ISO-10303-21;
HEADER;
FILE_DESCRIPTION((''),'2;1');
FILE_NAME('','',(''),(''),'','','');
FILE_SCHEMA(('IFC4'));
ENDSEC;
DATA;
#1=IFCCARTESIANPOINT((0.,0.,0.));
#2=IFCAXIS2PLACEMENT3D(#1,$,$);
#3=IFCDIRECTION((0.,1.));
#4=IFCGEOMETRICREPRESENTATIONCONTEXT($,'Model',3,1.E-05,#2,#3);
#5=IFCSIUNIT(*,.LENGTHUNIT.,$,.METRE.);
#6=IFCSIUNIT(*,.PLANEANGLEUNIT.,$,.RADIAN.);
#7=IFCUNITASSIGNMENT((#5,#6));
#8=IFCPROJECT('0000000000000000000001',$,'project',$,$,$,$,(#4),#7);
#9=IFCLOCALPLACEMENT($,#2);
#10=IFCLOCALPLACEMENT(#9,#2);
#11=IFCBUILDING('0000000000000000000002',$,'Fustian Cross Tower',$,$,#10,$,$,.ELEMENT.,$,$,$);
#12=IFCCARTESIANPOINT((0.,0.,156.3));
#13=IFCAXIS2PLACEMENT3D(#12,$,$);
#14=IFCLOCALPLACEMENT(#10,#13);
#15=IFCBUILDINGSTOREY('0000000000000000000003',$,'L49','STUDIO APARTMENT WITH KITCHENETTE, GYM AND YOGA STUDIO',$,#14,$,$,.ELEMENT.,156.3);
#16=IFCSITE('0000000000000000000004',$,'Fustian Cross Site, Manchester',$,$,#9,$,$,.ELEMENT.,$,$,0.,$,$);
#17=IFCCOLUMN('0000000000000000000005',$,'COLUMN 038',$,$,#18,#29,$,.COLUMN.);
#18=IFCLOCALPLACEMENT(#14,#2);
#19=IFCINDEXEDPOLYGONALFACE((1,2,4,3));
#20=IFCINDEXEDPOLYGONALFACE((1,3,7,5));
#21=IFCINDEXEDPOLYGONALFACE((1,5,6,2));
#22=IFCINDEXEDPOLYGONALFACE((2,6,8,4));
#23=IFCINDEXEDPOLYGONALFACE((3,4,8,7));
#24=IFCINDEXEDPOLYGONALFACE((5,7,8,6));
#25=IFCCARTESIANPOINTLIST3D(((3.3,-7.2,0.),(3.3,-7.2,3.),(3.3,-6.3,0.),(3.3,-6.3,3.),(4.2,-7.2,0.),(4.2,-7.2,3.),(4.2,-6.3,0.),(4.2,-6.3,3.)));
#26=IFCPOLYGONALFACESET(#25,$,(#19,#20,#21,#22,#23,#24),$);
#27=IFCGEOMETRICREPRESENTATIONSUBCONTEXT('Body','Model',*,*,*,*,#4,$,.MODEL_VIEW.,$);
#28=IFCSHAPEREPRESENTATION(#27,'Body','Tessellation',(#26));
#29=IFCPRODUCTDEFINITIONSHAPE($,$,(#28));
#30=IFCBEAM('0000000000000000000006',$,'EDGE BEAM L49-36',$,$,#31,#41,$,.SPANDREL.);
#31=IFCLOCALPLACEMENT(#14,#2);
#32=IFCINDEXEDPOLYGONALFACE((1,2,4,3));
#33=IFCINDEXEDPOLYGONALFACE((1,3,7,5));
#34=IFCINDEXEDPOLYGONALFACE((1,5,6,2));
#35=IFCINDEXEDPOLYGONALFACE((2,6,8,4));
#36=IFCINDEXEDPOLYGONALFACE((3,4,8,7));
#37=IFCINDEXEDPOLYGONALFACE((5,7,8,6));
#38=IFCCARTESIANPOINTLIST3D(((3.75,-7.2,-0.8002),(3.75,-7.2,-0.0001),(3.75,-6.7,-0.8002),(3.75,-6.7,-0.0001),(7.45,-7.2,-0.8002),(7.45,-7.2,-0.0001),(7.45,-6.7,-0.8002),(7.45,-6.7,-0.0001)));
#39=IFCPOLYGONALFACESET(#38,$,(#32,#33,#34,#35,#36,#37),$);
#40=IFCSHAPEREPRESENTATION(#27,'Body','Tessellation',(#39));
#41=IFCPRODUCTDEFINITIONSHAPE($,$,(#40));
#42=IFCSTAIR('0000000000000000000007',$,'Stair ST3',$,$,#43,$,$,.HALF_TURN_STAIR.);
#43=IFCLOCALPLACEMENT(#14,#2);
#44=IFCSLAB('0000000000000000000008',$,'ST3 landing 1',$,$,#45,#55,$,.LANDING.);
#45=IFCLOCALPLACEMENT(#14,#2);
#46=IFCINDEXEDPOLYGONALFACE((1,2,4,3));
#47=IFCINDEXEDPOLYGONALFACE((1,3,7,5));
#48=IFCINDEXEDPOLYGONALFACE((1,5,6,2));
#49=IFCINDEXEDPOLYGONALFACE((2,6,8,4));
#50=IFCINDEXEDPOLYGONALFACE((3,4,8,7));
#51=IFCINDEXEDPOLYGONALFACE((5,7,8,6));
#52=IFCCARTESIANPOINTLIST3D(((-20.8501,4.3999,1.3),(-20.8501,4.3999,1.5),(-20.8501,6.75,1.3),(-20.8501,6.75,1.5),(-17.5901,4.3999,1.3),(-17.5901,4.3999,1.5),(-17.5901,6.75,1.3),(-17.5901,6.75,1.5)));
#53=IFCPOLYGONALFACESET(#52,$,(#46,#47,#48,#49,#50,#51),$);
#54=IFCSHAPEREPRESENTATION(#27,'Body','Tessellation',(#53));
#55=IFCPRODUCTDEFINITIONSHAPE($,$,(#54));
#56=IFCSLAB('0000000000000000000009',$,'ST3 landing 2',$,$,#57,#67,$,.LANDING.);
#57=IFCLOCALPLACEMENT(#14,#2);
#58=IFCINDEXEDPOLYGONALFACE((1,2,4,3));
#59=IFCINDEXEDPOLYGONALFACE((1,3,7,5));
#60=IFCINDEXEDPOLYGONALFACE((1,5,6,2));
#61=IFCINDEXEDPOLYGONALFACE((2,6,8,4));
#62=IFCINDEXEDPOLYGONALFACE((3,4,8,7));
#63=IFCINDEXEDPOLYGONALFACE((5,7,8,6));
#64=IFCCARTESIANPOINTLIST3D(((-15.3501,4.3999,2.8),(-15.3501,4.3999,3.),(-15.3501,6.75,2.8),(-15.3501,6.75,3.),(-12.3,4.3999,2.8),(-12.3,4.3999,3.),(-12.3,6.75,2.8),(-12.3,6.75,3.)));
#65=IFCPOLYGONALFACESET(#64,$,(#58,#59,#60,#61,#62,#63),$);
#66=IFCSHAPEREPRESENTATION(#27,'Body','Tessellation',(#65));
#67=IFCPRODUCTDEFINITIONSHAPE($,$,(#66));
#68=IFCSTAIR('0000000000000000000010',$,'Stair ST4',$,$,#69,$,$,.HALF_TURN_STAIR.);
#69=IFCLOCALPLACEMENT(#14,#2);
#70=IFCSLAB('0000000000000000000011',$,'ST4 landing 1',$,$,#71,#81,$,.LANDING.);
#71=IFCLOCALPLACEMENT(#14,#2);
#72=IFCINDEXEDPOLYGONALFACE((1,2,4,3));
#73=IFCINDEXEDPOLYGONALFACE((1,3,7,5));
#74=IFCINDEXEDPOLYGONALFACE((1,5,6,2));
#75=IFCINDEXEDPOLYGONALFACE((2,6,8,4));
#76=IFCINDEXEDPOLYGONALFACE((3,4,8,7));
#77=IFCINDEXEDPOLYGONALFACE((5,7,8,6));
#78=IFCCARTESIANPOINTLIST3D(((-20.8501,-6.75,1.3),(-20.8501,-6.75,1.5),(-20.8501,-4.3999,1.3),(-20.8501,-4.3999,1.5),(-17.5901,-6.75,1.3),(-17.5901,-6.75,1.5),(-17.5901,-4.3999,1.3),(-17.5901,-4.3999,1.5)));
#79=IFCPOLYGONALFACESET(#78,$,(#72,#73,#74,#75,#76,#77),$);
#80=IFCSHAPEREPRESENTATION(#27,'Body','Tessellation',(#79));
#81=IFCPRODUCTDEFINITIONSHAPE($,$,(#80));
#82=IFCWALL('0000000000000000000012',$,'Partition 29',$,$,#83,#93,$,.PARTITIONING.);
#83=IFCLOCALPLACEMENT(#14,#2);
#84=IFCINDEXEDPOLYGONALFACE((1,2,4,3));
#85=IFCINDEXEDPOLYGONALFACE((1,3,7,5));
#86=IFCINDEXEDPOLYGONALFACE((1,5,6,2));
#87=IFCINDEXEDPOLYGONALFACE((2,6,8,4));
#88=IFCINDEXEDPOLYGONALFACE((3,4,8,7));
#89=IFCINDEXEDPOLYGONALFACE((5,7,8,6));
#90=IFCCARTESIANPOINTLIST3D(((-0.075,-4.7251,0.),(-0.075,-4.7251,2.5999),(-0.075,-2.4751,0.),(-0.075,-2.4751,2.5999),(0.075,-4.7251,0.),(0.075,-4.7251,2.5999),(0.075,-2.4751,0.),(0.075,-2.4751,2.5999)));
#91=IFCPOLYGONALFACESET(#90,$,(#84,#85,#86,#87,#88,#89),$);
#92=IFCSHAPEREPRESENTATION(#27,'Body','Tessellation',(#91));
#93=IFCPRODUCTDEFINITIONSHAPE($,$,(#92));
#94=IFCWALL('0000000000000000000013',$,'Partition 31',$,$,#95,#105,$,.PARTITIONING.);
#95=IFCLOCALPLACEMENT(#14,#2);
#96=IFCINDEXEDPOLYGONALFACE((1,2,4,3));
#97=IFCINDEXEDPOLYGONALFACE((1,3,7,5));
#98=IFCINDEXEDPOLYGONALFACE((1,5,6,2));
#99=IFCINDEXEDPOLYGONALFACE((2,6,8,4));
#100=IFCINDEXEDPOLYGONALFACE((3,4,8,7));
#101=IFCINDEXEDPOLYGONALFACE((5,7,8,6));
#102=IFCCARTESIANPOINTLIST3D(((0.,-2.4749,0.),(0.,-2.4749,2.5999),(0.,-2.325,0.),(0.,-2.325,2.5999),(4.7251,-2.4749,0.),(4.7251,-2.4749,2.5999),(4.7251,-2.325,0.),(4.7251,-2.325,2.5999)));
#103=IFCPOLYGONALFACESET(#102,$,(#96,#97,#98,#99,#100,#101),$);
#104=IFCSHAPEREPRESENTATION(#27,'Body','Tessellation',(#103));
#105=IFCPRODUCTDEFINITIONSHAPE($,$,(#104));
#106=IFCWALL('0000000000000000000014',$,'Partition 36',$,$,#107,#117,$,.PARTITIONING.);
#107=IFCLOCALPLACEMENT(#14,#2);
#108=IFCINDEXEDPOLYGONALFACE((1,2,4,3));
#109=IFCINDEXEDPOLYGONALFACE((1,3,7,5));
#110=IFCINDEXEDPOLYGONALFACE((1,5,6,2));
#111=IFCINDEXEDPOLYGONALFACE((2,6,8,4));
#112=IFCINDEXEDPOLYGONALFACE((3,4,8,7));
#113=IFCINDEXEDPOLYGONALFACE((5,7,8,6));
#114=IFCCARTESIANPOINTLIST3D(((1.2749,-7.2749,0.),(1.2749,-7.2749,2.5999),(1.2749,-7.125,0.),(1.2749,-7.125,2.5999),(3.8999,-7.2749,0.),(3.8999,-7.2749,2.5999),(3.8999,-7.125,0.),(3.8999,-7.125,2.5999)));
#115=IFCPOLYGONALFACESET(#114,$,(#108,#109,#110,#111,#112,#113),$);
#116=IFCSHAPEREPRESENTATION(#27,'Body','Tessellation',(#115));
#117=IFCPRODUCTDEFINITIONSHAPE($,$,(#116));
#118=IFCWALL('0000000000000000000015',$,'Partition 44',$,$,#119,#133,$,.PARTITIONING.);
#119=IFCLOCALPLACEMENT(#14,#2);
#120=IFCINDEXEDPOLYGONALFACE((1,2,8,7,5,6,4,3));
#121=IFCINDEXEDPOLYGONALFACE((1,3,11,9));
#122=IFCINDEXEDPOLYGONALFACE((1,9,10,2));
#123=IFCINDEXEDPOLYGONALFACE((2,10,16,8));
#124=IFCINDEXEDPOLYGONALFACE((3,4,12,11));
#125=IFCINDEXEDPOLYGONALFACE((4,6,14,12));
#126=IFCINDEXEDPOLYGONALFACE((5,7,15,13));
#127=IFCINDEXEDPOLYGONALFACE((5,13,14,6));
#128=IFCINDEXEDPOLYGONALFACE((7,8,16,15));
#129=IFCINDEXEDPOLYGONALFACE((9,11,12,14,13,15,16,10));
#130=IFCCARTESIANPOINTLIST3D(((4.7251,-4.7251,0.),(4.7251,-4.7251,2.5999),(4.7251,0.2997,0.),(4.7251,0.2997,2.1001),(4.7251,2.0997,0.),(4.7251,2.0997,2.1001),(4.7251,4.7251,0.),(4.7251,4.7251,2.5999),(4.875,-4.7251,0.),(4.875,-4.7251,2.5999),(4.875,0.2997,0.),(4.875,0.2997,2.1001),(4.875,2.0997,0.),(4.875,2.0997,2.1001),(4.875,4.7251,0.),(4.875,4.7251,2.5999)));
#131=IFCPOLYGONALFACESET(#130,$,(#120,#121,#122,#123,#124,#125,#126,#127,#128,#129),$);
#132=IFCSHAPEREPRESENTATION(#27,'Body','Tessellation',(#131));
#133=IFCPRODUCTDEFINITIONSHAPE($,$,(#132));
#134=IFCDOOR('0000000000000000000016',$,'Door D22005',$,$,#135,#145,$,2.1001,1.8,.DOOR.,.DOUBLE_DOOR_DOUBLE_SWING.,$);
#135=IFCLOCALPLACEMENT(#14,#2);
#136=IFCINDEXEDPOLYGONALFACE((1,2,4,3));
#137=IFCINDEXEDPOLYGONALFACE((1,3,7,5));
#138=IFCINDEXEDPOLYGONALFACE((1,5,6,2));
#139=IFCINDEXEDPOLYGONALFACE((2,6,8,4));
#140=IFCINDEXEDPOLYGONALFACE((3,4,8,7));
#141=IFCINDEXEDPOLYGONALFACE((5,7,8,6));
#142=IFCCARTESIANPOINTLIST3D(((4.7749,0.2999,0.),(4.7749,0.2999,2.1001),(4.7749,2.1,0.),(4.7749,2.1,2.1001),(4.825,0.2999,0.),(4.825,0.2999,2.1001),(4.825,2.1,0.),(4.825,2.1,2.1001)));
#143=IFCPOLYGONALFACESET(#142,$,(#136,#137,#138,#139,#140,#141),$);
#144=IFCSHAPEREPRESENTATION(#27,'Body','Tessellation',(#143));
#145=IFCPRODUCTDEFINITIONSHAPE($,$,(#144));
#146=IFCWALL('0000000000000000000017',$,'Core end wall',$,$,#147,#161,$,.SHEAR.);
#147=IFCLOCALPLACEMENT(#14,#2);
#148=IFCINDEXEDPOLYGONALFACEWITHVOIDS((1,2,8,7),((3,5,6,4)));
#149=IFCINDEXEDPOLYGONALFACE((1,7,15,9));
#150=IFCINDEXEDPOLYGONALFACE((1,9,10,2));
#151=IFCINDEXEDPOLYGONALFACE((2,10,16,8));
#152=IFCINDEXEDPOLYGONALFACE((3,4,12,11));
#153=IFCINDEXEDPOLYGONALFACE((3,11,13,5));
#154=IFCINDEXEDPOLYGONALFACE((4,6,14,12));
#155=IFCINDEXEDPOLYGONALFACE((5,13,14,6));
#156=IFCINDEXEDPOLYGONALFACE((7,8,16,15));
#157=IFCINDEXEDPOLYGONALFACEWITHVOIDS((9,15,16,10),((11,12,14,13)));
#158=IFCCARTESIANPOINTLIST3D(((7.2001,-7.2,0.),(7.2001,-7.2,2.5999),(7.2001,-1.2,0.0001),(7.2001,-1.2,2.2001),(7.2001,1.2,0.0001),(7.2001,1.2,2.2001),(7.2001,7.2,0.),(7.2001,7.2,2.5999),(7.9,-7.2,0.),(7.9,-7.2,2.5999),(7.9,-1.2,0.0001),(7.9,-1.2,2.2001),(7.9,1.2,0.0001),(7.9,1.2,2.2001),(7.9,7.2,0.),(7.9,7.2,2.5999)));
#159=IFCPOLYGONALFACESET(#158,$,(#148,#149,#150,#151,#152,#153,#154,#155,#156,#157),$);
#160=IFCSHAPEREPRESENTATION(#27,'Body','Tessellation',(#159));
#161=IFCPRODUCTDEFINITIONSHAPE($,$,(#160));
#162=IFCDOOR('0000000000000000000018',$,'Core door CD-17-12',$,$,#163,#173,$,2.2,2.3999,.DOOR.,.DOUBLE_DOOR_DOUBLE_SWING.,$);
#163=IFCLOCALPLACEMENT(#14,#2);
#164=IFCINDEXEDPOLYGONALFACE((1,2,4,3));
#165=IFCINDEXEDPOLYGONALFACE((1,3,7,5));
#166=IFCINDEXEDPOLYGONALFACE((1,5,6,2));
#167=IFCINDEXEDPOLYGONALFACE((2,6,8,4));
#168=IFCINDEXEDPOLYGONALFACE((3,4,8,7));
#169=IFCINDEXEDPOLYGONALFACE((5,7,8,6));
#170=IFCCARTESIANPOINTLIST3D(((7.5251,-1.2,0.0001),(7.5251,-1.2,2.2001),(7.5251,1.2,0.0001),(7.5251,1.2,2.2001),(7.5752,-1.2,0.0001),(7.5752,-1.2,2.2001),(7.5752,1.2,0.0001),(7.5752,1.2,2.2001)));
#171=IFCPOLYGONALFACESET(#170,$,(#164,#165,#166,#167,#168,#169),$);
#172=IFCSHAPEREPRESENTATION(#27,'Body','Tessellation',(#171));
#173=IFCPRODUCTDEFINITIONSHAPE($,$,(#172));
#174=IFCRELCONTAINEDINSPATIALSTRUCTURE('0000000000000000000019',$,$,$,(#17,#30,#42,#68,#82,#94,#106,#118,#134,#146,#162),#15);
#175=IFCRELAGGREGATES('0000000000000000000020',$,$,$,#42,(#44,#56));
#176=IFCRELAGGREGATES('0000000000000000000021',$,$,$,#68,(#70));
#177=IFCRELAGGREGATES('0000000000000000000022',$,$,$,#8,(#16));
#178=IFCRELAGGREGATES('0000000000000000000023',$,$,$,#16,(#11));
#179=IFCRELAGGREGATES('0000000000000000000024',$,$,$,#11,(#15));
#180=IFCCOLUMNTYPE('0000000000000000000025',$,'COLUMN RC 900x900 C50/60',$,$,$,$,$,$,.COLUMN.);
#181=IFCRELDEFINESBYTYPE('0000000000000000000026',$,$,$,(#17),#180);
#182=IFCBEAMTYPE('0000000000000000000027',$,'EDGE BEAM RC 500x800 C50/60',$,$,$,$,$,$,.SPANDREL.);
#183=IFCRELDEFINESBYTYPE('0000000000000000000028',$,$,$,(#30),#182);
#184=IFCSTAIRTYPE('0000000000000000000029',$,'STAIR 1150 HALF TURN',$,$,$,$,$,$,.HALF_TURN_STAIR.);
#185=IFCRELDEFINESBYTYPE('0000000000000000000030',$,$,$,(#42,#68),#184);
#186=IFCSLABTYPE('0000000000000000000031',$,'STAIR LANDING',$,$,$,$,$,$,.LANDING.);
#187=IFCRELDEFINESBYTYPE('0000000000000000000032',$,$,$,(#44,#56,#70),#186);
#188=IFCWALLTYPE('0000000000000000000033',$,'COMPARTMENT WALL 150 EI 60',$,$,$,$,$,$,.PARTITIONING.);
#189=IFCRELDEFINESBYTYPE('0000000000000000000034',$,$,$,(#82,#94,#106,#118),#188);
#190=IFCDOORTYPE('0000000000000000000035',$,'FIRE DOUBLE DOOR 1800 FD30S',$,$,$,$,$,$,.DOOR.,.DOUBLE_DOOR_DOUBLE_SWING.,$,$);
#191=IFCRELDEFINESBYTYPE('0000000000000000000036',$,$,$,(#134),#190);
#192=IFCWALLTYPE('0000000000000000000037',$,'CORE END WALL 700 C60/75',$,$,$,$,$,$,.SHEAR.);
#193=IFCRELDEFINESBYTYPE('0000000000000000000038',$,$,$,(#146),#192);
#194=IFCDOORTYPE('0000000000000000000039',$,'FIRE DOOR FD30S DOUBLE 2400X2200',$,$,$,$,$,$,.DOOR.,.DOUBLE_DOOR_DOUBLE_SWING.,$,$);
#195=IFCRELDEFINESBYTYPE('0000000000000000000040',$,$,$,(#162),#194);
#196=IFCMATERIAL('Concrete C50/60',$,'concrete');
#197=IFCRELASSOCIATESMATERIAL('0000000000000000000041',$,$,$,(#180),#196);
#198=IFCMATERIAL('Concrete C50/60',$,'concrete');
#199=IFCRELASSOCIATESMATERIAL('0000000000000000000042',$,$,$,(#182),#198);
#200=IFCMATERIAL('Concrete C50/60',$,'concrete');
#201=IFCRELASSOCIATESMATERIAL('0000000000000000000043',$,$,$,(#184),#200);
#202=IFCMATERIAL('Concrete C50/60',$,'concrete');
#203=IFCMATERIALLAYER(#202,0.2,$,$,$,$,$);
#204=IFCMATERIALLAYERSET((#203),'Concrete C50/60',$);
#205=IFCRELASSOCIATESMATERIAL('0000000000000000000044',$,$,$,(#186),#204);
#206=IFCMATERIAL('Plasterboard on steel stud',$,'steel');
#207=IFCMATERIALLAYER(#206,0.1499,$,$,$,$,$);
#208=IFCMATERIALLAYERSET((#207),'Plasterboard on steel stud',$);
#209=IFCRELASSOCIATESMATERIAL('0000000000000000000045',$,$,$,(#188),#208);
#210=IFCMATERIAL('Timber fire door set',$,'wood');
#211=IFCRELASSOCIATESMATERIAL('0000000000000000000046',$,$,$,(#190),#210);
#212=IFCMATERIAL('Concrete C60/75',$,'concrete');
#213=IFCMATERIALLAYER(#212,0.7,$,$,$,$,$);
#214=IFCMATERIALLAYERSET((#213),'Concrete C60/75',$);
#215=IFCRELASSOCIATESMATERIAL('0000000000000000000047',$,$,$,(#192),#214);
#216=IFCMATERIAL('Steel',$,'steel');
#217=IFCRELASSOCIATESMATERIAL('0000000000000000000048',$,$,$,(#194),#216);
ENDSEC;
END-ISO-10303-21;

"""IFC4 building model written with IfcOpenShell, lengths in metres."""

from ifc_helpers import new_model, si_unit, direction, frame, frame_2d, origin, origin_2d, place, context, subcontext, project, spatial, polyline, rectangle, outline, extrude, material, layer, layer_set, material_profile, profile_set, type_object, element, fill, aggregate, save


model = new_model("IFC4")

# Units and contexts
model_context = context("Model", 3, precision=1e-05, world=origin(), true_north=direction((0.0, 1.0)))
body_context = subcontext(model_context, "Body", "Model", "MODEL_VIEW")
ifc_project = project(units=[si_unit("LENGTHUNIT", "METRE"), si_unit("PLANEANGLEUNIT", "RADIAN")], contexts=[model_context])

# Site, building, storey
site_placement = place(None, origin())
site = spatial("IfcSite", under=ifc_project, at=site_placement, Name="Fustian Cross Site, Manchester", CompositionType="ELEMENT", RefElevation=0.0)
building_placement = place(site_placement, origin())
building = spatial("IfcBuilding", under=site, at=building_placement, Name="Fustian Cross Tower", CompositionType="ELEMENT")
storey_placement = place(building_placement, frame((0.0, 0.0, 156.3)))
storey = spatial("IfcBuildingStorey", under=building, at=storey_placement, Name="L49", Description="STUDIO APARTMENT WITH KITCHENETTE, GYM AND YOGA STUDIO", CompositionType="ELEMENT", Elevation=156.3)

# Column
ifc_material_1 = material(Name="Concrete C50/60", Category="concrete")
ifc_material_profile_1 = material_profile(ifc_material_1, rectangle(XDim=0.8999, YDim=0.8999, at=origin_2d()), Name="RC 900x900")
ifc_profile_set_1 = profile_set([ifc_material_profile_1], Name="Concrete C50/60")
column_type = type_object("IfcColumnType", Name="COLUMN RC 900x900 C50/60", PredefinedType="COLUMN", material=ifc_profile_set_1)
column_placement = place(storey_placement, frame((3.75, -6.75, 0.0), z_axis=(0.0, 0.0, 1.0), x_axis=(1.0, 0.0, 0.0)))
element("IfcColumn", 1, at=column_placement, inside=storey, type_object=column_type, Name="COLUMN 038", PredefinedType="COLUMN", context=body_context, shape_type="SweptSolid", body=[
    extrude(rectangle(XDim=0.8999, YDim=0.8999, at=origin_2d()), origin(), (0.0, 0.0, 1.0), 3.0),
])

# Beam
ifc_material_2 = material(Name="Concrete C50/60", Category="concrete")
ifc_material_profile_2 = material_profile(ifc_material_2, rectangle(XDim=0.5, YDim=0.8, at=origin_2d()), Name="RC 500x800")
ifc_profile_set_2 = profile_set([ifc_material_profile_2], Name="Concrete C50/60")
beam_type = type_object("IfcBeamType", Name="EDGE BEAM RC 500x800 C50/60", PredefinedType="SPANDREL", material=ifc_profile_set_2)
beam_placement = place(storey_placement, frame((3.75, -6.95, -0.4001), z_axis=(1.0, 0.0, 0.0), x_axis=(0.0, 1.0, 0.0)))
element("IfcBeam", 2, at=beam_placement, inside=storey, type_object=beam_type, Name="EDGE BEAM L49-36", PredefinedType="SPANDREL", context=body_context, shape_type="SweptSolid", body=[
    extrude(rectangle(XDim=0.5, YDim=0.8, at=origin_2d()), origin(), (0.0, 0.0, 1.0), 3.7),
])

# Stair, slabs
ifc_material_3 = material(Name="Concrete C50/60", Category="concrete")
stair_type = type_object("IfcStairType", Name="STAIR 1150 HALF TURN", PredefinedType="HALF_TURN_STAIR", material=ifc_material_3)
stair_1_placement = place(storey_placement, origin())
stair_1 = element("IfcStair", 3, at=stair_1_placement, inside=storey, type_object=stair_type, Name="Stair ST3", PredefinedType="HALF_TURN_STAIR")
ifc_material_4 = material(Name="Concrete C50/60", Category="concrete")
ifc_layer_1 = layer(ifc_material_4, 0.2)
ifc_layer_set_1 = layer_set([ifc_layer_1], Name="Concrete C50/60")
slab_type = type_object("IfcSlabType", Name="STAIR LANDING", PredefinedType="LANDING", material=ifc_layer_set_1)
slab_1_placement = place(storey_placement, frame((0.0, 0.0, 1.3)))
slab_1 = element("IfcSlab", 4, at=slab_1_placement, type_object=slab_type, Name="ST3 landing 1", PredefinedType="LANDING", context=body_context, shape_type="SweptSolid", body=[
    extrude(outline(polyline([(-17.5901, 4.3999), (-20.8501, 4.3999), (-20.8501, 6.75), (-17.5901, 6.75), (-17.5901, 4.3999)])), origin(), (0.0, 0.0, 1.0), 0.2),
])
slab_2_placement = place(storey_placement, frame((0.0, 0.0, 2.8)))
slab_2 = element("IfcSlab", 5, at=slab_2_placement, type_object=slab_type, Name="ST3 landing 2", PredefinedType="LANDING", context=body_context, shape_type="SweptSolid", body=[
    extrude(outline(polyline([(-12.3, 4.3999), (-15.3501, 4.3999), (-15.3501, 6.75), (-12.3, 6.75), (-12.3, 4.3999)])), origin(), (0.0, 0.0, 1.0), 0.2),
])
aggregate(stair_1, [slab_1, slab_2])

# Stair, slab
stair_2_placement = place(storey_placement, origin())
stair_2 = element("IfcStair", 6, at=stair_2_placement, inside=storey, type_object=stair_type, Name="Stair ST4", PredefinedType="HALF_TURN_STAIR")
slab_3_placement = place(storey_placement, frame((0.0, 0.0, 1.3)))
slab_3 = element("IfcSlab", 7, at=slab_3_placement, type_object=slab_type, Name="ST4 landing 1", PredefinedType="LANDING", context=body_context, shape_type="SweptSolid", body=[
    extrude(outline(polyline([(-17.5901, -4.3999), (-20.8501, -4.3999), (-20.8501, -6.75), (-17.5901, -6.75), (-17.5901, -4.3999)])), origin(), (0.0, 0.0, 1.0), 0.2),
])
aggregate(stair_2, [slab_3])

# Walls
ifc_material_5 = material(Name="Plasterboard on steel stud", Category="steel")
ifc_layer_2 = layer(ifc_material_5, 0.1499)
ifc_layer_set_2 = layer_set([ifc_layer_2], Name="Plasterboard on steel stud")
wall_type_1 = type_object("IfcWallType", Name="COMPARTMENT WALL 150 EI 60", PredefinedType="PARTITIONING", material=ifc_layer_set_2)
wall_1_placement = place(storey_placement, frame((0.0, -4.7251, 0.0), z_axis=(0.0, 0.0, 1.0), x_axis=(0.0, 1.0, 0.0)))
element("IfcWall", 8, at=wall_1_placement, inside=storey, type_object=wall_type_1, Name="Partition 29", PredefinedType="PARTITIONING", context=body_context, shape_type="SweptSolid", body=[
    extrude(rectangle(XDim=2.25, YDim=0.1499, at=frame_2d((1.125, 0.0))), origin(), (0.0, 0.0, 1.0), 2.5999),
])
wall_2_placement = place(storey_placement, frame((0.0, -2.3999, 0.0), z_axis=(0.0, 0.0, 1.0), x_axis=(1.0, 0.0, 0.0)))
element("IfcWall", 9, at=wall_2_placement, inside=storey, type_object=wall_type_1, Name="Partition 31", PredefinedType="PARTITIONING", context=body_context, shape_type="SweptSolid", body=[
    extrude(rectangle(XDim=4.7251, YDim=0.1499, at=frame_2d((2.3625, 0.0))), origin(), (0.0, 0.0, 1.0), 2.5999),
])
wall_3_placement = place(storey_placement, frame((1.2749, -7.2, 0.0), z_axis=(0.0, 0.0, 1.0), x_axis=(1.0, 0.0, 0.0)))
element("IfcWall", 10, at=wall_3_placement, inside=storey, type_object=wall_type_1, Name="Partition 36", PredefinedType="PARTITIONING", context=body_context, shape_type="SweptSolid", body=[
    extrude(rectangle(XDim=2.625, YDim=0.1499, at=frame_2d((1.3125, 0.0))), origin(), (0.0, 0.0, 1.0), 2.5999),
])

# Walls, openings, doors
wall_4_placement = place(storey_placement, frame((4.8, -4.7251, 0.0), z_axis=(0.0, 0.0, 1.0), x_axis=(0.0, 1.0, 0.0)))
wall_4 = element("IfcWall", 11, at=wall_4_placement, inside=storey, type_object=wall_type_1, Name="Partition 44", PredefinedType="PARTITIONING", context=body_context, shape_type="SweptSolid", body=[
    extrude(rectangle(XDim=9.4502, YDim=0.1499, at=frame_2d((4.7251, 0.0))), origin(), (0.0, 0.0, 1.0), 2.5999),
])
opening_1_placement = place(wall_4_placement, frame((5.0249, 0.0, 0.0)))
opening_1 = element("IfcOpeningElement", 12, at=opening_1_placement, cuts=wall_4, PredefinedType="OPENING", context=body_context, shape_type="SweptSolid", body=[
    extrude(rectangle(XDim=1.8, YDim=2.1001, at=frame_2d((0.8999, 1.05))), frame((0.0, 0.085, 0.0), z_axis=(0.0, -1.0, 0.0), x_axis=(1.0, 0.0, 0.0)), (0.0, 0.0, 1.0), 0.1699),
])
ifc_material_6 = material(Name="Timber fire door set", Category="wood")
door_type_1 = type_object("IfcDoorType", Name="FIRE DOUBLE DOOR 1800 FD30S", OperationType="DOUBLE_DOOR_DOUBLE_SWING", PredefinedType="DOOR", material=ifc_material_6)
door_1_placement = place(opening_1_placement, frame((1.8, 0.0, 0.0), z_axis=(0.0, 0.0, 1.0), x_axis=(-1.0, 0.0, 0.0)))
door_1 = element("IfcDoor", 13, at=door_1_placement, inside=storey, type_object=door_type_1, Name="Door D22005", OperationType="DOUBLE_DOOR_DOUBLE_SWING", OverallHeight=2.1001, OverallWidth=1.8, PredefinedType="DOOR", context=body_context, shape_type="SweptSolid", body=[
    extrude(rectangle(XDim=1.8, YDim=2.1001, at=frame_2d((0.8999, 1.05))), frame((0.0, 0.0249, 0.0), z_axis=(0.0, -1.0, 0.0), x_axis=(1.0, 0.0, 0.0)), (0.0, 0.0, 1.0), 0.05),
])
fill(opening_1, door_1)
ifc_material_7 = material(Name="Concrete C60/75", Category="concrete")
ifc_layer_3 = layer(ifc_material_7, 0.7)
ifc_layer_set_3 = layer_set([ifc_layer_3], Name="Concrete C60/75")
wall_type_2 = type_object("IfcWallType", Name="CORE END WALL 700 C60/75", PredefinedType="SHEAR", material=ifc_layer_set_3)
wall_5_placement = place(storey_placement, frame((7.55, -7.2, 0.0), z_axis=(0.0, 0.0, 1.0), x_axis=(0.0, 1.0, 0.0)))
wall_5 = element("IfcWall", 14, at=wall_5_placement, inside=storey, type_object=wall_type_2, Name="Core end wall", PredefinedType="SHEAR", context=body_context, shape_type="SweptSolid", body=[
    extrude(rectangle(XDim=14.3999, YDim=0.7, at=frame_2d((7.2, 0.0))), origin(), (0.0, 0.0, 1.0), 2.5999),
])
opening_2_placement = place(wall_5_placement, frame((6.0, 0.0, 0.0)))
opening_2 = element("IfcOpeningElement", 15, at=opening_2_placement, cuts=wall_5, PredefinedType="OPENING", context=body_context, shape_type="SweptSolid", body=[
    extrude(rectangle(XDim=2.3999, YDim=2.2, at=frame_2d((1.2, 1.1001))), frame((0.0, 0.3599, 0.0), z_axis=(0.0, -1.0, 0.0), x_axis=(1.0, 0.0, 0.0)), (0.0, 0.0, 1.0), 0.72),
])
ifc_material_8 = material(Name="Steel", Category="steel")
door_type_2 = type_object("IfcDoorType", Name="FIRE DOOR FD30S DOUBLE 2400X2200", OperationType="DOUBLE_DOOR_DOUBLE_SWING", PredefinedType="DOOR", material=ifc_material_8)
door_2_placement = place(opening_2_placement, origin())
door_2 = element("IfcDoor", 16, at=door_2_placement, inside=storey, type_object=door_type_2, Name="Core door CD-17-12", OperationType="DOUBLE_DOOR_DOUBLE_SWING", OverallHeight=2.2, OverallWidth=2.3999, PredefinedType="DOOR", context=body_context, shape_type="SweptSolid", body=[
    extrude(rectangle(XDim=2.3999, YDim=2.2, at=frame_2d((1.2, 1.1001))), frame((0.0, 0.0249, 0.0), z_axis=(0.0, -1.0, 0.0), x_axis=(1.0, 0.0, 0.0)), (0.0, 0.0, 1.0), 0.05),
])
fill(opening_2, door_2)

save(model, "model.ifc")
